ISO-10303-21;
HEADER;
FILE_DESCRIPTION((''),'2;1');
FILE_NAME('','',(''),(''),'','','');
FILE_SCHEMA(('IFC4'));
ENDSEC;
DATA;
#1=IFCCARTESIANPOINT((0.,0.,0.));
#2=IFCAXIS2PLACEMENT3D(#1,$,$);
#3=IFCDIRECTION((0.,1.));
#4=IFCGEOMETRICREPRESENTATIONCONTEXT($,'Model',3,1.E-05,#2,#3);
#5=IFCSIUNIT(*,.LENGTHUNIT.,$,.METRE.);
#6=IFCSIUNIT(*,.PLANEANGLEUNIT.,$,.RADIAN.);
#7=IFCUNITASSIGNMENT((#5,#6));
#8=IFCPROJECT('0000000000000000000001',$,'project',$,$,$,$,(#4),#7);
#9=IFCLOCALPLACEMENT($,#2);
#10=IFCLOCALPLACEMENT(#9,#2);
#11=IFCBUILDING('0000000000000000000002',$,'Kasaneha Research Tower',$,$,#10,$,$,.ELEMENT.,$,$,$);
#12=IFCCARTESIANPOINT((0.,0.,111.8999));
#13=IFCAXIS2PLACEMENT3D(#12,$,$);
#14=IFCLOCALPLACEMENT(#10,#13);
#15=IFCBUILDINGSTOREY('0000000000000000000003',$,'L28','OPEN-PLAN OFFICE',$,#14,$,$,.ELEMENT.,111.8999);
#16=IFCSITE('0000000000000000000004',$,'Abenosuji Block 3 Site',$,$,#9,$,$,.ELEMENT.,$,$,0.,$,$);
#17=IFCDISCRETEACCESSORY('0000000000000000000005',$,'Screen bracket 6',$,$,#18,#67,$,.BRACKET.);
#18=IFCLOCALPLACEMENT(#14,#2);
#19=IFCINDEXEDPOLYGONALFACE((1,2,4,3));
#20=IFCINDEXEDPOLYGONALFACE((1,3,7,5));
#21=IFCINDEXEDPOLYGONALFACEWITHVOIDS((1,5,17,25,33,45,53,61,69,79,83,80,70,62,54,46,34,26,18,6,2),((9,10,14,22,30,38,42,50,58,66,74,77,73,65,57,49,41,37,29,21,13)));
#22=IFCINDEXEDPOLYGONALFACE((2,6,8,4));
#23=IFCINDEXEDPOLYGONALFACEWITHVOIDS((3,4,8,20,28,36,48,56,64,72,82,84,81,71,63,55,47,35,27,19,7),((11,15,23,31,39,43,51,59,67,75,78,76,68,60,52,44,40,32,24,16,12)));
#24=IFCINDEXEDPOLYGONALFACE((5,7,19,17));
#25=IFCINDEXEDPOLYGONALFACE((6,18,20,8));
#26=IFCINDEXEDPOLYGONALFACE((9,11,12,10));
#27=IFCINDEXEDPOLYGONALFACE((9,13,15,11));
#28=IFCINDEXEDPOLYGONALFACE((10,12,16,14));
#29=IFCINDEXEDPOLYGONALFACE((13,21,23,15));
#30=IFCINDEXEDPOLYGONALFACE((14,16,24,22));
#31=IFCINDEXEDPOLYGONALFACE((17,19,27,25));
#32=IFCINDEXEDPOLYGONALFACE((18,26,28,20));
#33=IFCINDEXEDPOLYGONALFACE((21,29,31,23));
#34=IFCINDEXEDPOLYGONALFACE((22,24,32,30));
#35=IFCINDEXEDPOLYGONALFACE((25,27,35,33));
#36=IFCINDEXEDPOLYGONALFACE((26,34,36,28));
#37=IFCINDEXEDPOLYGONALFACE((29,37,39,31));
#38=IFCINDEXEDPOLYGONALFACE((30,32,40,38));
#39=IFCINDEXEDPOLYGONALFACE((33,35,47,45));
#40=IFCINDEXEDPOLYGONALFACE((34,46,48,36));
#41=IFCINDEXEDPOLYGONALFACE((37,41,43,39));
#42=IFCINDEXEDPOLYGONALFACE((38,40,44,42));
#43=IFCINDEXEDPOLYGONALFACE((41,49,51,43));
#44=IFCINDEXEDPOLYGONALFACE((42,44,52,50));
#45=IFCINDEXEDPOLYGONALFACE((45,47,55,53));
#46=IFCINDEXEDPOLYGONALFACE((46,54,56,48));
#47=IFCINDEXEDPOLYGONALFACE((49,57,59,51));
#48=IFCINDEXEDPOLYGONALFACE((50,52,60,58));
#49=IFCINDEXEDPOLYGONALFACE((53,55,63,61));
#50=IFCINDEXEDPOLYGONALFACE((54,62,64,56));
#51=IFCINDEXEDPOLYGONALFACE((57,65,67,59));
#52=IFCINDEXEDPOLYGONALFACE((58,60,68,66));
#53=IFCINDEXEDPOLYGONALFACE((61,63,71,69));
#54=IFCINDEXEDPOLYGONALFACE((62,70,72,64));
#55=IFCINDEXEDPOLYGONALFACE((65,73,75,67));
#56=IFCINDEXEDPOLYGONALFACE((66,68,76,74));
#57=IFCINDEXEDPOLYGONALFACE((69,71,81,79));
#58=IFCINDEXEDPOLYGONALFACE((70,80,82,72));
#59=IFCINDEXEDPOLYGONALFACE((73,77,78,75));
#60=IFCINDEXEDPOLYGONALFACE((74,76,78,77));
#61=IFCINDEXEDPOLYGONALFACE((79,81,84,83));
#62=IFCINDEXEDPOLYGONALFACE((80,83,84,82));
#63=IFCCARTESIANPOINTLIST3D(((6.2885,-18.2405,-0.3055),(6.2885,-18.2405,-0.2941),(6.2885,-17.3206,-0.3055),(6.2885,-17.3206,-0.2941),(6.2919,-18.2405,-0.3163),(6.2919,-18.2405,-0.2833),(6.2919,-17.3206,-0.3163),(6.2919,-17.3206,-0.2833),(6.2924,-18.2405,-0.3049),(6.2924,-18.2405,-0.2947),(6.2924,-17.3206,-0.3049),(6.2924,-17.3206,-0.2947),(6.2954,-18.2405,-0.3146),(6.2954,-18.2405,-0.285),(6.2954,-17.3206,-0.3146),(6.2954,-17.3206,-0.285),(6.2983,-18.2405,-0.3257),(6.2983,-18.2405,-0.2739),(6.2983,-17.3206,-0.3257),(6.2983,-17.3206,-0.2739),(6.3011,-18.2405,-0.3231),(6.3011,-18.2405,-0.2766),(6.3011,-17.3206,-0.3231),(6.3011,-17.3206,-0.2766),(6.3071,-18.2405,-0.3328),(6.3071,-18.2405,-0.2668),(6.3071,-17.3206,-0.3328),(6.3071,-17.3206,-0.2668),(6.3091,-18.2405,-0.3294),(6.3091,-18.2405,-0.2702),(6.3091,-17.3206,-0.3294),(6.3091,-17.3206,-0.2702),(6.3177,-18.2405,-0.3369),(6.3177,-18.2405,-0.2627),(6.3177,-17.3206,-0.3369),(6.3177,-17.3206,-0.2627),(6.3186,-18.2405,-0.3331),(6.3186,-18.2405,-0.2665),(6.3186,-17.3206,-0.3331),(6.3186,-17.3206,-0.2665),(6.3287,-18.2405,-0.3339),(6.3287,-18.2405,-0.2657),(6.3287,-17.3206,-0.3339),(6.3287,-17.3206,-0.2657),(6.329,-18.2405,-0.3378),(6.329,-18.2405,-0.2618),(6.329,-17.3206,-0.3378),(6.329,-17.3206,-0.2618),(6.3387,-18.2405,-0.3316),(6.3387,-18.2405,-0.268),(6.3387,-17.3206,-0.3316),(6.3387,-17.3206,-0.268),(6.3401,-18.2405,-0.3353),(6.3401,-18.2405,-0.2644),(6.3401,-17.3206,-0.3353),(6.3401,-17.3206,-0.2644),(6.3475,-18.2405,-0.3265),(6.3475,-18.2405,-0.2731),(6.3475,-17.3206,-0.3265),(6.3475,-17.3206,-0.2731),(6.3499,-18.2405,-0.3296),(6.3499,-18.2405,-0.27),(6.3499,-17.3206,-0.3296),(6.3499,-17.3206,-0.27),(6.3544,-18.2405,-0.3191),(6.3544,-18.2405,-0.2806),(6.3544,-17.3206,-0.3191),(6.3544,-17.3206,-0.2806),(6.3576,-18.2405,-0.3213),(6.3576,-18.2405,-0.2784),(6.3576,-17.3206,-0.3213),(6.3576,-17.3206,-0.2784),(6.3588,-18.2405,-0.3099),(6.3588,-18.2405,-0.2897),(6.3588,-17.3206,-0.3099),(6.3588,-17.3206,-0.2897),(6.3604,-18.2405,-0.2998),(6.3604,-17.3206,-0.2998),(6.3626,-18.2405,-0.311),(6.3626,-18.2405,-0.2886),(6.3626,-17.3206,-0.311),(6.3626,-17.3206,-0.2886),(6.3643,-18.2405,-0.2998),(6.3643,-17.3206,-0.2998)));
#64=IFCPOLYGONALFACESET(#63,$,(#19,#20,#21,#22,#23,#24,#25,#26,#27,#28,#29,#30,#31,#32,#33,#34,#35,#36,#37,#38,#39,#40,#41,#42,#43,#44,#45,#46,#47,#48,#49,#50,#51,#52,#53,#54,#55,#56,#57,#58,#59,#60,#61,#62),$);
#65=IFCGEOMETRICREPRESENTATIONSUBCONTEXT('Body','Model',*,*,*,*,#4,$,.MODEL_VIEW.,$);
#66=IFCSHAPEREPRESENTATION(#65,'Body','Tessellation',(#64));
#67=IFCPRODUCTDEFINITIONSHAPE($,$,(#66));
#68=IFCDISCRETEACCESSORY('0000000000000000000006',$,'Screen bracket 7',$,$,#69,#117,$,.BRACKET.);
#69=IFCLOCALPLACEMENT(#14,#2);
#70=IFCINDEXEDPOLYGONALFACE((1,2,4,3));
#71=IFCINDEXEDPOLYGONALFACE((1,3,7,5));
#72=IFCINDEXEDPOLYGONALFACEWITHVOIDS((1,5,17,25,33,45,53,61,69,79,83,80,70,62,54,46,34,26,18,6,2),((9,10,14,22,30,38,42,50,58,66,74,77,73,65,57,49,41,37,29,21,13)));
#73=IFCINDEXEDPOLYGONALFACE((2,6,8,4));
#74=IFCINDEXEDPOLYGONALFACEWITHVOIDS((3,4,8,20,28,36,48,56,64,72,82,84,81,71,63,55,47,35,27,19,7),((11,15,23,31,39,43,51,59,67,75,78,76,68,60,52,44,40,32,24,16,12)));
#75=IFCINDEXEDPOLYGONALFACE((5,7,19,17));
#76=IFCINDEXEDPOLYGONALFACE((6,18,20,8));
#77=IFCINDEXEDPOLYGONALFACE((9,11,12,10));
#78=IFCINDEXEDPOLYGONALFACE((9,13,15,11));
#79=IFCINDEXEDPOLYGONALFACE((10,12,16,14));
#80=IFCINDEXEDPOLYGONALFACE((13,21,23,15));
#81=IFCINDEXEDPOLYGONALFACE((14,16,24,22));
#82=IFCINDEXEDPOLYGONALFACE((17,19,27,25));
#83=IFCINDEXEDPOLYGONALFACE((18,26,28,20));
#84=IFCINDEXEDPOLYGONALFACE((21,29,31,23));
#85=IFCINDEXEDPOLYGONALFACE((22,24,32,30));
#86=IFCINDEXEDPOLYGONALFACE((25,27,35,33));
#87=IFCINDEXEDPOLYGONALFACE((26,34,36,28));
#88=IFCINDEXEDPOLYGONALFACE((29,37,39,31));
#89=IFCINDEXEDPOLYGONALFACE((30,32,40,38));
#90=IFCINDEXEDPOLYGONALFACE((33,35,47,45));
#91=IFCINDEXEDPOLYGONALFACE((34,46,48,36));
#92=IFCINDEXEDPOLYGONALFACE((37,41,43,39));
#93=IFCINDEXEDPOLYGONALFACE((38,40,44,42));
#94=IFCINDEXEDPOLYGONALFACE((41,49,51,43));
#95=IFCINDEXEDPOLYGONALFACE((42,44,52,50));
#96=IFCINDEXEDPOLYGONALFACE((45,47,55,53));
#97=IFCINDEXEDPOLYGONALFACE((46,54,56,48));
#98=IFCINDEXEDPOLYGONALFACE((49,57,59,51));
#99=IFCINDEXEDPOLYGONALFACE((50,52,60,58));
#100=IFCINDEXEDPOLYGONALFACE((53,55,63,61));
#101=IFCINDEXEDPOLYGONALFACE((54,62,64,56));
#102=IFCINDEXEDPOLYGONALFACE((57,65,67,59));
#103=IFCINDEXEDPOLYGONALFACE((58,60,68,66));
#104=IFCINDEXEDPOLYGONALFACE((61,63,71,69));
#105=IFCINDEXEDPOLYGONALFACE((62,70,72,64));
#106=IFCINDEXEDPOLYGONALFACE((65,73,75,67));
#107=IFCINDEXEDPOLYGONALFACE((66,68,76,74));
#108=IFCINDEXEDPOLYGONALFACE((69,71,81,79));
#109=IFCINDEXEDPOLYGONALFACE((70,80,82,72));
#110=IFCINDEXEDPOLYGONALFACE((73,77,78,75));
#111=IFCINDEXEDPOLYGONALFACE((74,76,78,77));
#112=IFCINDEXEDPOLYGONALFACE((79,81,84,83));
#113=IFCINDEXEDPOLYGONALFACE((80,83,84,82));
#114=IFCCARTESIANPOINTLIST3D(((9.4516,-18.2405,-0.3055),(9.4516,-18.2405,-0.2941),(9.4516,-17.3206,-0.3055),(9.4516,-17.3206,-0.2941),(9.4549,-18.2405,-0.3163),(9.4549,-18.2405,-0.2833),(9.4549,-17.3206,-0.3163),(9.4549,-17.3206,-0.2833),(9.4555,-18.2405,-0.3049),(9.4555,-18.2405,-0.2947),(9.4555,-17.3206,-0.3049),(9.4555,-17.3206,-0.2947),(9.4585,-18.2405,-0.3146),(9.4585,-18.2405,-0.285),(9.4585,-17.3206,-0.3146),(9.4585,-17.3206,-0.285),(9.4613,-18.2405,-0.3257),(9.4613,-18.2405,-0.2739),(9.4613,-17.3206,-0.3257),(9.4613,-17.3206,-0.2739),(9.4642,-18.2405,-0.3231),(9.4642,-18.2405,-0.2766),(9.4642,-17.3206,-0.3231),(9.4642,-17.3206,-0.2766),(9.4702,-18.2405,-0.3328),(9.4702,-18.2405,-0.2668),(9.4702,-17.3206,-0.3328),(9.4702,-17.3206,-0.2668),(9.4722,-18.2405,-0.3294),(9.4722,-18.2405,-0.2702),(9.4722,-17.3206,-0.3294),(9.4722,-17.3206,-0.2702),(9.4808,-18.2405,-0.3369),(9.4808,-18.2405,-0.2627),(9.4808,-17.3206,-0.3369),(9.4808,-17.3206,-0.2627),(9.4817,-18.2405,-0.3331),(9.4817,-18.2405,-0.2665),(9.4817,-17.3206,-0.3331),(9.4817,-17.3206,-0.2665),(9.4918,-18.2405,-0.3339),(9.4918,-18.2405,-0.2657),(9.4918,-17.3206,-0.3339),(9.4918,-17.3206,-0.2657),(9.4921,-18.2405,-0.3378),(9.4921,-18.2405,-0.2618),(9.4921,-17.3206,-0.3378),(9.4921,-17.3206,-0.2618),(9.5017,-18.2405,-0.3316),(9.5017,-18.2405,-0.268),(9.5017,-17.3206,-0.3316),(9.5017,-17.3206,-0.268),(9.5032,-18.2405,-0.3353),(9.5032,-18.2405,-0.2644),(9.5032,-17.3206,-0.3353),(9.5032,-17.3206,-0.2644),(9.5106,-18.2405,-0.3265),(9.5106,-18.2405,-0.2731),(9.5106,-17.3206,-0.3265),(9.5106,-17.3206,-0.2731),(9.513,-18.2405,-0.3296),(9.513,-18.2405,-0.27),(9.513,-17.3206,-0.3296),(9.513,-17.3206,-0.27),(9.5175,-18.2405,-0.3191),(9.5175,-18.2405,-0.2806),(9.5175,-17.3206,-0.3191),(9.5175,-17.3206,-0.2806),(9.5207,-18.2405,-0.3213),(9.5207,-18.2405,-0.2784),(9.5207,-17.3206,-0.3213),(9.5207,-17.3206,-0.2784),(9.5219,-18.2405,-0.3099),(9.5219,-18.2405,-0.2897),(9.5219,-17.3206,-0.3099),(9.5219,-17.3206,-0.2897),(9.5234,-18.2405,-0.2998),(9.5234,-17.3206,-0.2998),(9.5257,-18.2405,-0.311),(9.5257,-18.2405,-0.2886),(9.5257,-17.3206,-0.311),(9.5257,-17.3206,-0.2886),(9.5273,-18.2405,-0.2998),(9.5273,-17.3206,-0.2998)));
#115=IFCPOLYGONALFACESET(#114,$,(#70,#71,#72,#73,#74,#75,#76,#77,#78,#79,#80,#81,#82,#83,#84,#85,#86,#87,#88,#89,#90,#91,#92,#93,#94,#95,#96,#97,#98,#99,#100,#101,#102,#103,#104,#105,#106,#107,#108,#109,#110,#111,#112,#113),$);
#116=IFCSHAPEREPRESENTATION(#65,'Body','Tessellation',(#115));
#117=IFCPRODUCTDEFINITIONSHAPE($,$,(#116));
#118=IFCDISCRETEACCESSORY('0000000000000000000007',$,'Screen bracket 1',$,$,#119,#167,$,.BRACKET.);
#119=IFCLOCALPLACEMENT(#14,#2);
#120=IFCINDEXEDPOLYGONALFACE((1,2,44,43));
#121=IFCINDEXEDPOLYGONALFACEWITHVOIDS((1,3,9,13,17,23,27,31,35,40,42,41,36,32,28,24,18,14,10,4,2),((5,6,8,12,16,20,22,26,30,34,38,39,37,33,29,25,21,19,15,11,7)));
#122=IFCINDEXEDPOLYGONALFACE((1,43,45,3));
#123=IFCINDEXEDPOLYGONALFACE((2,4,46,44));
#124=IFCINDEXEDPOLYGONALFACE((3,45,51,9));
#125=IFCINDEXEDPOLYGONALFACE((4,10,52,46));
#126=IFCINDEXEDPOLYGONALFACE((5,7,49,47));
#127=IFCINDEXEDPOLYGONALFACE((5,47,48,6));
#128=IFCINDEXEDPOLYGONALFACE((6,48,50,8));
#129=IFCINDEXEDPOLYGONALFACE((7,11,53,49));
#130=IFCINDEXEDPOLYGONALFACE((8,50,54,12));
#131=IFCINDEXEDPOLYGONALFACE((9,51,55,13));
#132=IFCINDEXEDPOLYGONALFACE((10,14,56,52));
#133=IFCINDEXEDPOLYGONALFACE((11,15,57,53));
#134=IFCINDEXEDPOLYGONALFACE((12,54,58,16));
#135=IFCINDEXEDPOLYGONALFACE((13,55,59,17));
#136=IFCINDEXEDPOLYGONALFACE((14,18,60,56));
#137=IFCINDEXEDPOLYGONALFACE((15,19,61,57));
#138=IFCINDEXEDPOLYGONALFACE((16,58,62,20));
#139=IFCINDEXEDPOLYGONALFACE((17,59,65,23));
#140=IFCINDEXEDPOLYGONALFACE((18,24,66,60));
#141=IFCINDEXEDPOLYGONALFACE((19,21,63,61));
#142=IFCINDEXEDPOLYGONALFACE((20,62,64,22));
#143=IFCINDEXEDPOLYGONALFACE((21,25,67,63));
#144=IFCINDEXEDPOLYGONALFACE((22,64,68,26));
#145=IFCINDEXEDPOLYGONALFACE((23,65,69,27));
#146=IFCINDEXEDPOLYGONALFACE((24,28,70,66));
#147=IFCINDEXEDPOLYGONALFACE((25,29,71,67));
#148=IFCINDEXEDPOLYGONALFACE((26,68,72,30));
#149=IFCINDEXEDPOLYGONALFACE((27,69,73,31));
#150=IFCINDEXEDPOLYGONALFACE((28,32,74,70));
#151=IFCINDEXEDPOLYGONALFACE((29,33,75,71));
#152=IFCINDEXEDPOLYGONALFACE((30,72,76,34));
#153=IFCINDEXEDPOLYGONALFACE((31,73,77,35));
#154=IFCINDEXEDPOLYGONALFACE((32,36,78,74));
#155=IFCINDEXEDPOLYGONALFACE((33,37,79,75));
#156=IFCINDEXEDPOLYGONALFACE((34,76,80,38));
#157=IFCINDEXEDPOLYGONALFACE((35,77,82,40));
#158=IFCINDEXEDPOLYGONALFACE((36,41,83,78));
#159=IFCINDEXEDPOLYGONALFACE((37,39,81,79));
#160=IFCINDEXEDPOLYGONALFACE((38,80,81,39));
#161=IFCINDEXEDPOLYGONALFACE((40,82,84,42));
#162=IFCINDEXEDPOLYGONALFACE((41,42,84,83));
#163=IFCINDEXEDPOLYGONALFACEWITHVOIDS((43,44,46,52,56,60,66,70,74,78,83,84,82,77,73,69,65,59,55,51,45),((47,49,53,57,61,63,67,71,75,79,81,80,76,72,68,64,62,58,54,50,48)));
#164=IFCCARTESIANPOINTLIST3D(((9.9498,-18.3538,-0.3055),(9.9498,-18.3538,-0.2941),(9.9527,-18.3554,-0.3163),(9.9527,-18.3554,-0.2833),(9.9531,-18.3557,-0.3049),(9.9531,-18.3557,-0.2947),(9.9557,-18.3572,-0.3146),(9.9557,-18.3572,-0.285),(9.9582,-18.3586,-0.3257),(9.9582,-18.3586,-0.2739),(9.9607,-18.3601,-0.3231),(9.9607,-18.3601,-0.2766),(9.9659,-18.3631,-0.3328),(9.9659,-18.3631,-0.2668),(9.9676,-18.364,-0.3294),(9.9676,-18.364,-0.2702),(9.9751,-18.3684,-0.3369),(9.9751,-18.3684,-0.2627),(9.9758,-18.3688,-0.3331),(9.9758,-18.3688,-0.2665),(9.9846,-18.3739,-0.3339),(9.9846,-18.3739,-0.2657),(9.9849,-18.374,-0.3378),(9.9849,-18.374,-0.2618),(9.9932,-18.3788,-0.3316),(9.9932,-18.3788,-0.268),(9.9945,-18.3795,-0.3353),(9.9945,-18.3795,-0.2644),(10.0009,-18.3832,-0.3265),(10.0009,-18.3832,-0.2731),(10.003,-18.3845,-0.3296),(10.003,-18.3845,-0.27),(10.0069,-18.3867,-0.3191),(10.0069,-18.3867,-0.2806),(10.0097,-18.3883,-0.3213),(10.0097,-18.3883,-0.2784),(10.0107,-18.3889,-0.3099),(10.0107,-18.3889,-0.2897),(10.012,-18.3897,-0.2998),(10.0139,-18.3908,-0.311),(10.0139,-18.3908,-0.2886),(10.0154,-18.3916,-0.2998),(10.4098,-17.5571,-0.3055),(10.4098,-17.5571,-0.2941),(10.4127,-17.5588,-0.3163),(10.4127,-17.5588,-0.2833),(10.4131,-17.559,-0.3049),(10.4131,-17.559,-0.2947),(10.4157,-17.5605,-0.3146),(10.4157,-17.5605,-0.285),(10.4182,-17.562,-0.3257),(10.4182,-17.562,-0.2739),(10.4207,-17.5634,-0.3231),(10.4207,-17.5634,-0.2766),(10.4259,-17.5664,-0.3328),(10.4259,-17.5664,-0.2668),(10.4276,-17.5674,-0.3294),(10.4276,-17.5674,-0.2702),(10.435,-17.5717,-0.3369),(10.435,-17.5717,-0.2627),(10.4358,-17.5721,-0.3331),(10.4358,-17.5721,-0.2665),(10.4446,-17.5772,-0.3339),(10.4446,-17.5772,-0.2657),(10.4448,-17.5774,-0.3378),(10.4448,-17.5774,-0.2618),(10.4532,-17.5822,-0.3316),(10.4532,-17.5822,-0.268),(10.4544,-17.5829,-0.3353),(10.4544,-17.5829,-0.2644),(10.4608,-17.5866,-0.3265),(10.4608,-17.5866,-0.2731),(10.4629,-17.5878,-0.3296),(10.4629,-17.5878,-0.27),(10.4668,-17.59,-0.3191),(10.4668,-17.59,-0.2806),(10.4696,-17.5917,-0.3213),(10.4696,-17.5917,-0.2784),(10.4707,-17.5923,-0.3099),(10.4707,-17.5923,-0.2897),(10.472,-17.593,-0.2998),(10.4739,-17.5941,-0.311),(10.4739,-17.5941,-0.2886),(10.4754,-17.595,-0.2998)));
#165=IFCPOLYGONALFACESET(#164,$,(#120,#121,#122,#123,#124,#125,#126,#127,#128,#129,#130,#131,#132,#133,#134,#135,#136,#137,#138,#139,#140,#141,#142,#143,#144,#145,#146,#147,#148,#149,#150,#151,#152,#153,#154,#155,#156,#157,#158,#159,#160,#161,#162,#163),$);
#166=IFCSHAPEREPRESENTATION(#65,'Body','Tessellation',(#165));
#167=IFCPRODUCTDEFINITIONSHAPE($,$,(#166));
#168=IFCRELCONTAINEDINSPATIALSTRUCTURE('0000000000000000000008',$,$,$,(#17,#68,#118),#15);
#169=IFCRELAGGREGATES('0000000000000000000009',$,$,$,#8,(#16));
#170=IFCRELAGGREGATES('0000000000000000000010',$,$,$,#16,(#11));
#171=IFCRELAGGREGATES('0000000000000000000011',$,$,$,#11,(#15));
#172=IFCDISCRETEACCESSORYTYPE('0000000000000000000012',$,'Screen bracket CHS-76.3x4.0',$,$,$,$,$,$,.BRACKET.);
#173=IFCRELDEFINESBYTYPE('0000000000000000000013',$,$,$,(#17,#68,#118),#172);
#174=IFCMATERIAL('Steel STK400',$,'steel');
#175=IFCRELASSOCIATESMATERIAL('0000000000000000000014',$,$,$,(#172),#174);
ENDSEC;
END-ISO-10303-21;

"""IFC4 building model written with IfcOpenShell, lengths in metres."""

from ifc_helpers import new_model, si_unit, direction, frame, origin, origin_2d, place, context, subcontext, project, spatial, hollow_circle, extrude, material, material_profile, profile_set, type_object, element, save


model = new_model("IFC4")

# Units and contexts
model_context = context("Model", 3, precision=1e-05, world=origin(), true_north=direction((0.0, 1.0)))
body_context = subcontext(model_context, "Body", "Model", "MODEL_VIEW")
ifc_project = project(units=[si_unit("LENGTHUNIT", "METRE"), si_unit("PLANEANGLEUNIT", "RADIAN")], contexts=[model_context])

# Site, building, storey
site_placement = place(None, origin())
site = spatial("IfcSite", under=ifc_project, at=site_placement, Name="Abenosuji Block 3 Site", CompositionType="ELEMENT", RefElevation=0.0)
building_placement = place(site_placement, origin())
building = spatial("IfcBuilding", under=site, at=building_placement, Name="Kasaneha Research Tower", CompositionType="ELEMENT")
storey_placement = place(building_placement, frame((0.0, 0.0, 111.8999)))
storey = spatial("IfcBuildingStorey", under=building, at=storey_placement, Name="L28", Description="OPEN-PLAN OFFICE", CompositionType="ELEMENT", Elevation=111.8999)

# Discrete accessories
ifc_material_1 = material(Name="Steel STK400", Category="steel")
ifc_material_profile_1 = material_profile(ifc_material_1, hollow_circle(Radius=0.0381, WallThickness=0.0039, at=origin_2d()), Name="CHS-76.3x4.0")
ifc_profile_set_1 = profile_set([ifc_material_profile_1], Name="Steel STK400")
discrete_accessory_type = type_object("IfcDiscreteAccessoryType", Name="Screen bracket CHS-76.3x4.0", PredefinedType="BRACKET", material=ifc_profile_set_1)
for number, where, z_axis, x_axis, name in (
    (1, (6.3262, -17.3206, -0.2998), (0.0, -1.0, 0.0), (1.0, 0.0, 0.0), "Screen bracket 6"),
    (2, (9.4893, -17.3206, -0.2998), (0.0, -1.0, 0.0), (1.0, 0.0, 0.0), "Screen bracket 7"),
    (3, (10.4424, -17.5759, -0.2998), (-0.500021, -0.866013, 0.0), (0.866013, -0.500021, 0.0), "Screen bracket 1"),
):
    element("IfcDiscreteAccessory", number, at=place(storey_placement, frame(where, z_axis=z_axis, x_axis=x_axis)), inside=storey, type_object=discrete_accessory_type, Name=name, PredefinedType="BRACKET", context=body_context, shape_type="SweptSolid", body=[
        extrude(hollow_circle(Radius=0.0381, WallThickness=0.0039, at=origin_2d()), origin(), (0.0, 0.0, 1.0), 0.9199),
    ])

save(model, "model.ifc")
